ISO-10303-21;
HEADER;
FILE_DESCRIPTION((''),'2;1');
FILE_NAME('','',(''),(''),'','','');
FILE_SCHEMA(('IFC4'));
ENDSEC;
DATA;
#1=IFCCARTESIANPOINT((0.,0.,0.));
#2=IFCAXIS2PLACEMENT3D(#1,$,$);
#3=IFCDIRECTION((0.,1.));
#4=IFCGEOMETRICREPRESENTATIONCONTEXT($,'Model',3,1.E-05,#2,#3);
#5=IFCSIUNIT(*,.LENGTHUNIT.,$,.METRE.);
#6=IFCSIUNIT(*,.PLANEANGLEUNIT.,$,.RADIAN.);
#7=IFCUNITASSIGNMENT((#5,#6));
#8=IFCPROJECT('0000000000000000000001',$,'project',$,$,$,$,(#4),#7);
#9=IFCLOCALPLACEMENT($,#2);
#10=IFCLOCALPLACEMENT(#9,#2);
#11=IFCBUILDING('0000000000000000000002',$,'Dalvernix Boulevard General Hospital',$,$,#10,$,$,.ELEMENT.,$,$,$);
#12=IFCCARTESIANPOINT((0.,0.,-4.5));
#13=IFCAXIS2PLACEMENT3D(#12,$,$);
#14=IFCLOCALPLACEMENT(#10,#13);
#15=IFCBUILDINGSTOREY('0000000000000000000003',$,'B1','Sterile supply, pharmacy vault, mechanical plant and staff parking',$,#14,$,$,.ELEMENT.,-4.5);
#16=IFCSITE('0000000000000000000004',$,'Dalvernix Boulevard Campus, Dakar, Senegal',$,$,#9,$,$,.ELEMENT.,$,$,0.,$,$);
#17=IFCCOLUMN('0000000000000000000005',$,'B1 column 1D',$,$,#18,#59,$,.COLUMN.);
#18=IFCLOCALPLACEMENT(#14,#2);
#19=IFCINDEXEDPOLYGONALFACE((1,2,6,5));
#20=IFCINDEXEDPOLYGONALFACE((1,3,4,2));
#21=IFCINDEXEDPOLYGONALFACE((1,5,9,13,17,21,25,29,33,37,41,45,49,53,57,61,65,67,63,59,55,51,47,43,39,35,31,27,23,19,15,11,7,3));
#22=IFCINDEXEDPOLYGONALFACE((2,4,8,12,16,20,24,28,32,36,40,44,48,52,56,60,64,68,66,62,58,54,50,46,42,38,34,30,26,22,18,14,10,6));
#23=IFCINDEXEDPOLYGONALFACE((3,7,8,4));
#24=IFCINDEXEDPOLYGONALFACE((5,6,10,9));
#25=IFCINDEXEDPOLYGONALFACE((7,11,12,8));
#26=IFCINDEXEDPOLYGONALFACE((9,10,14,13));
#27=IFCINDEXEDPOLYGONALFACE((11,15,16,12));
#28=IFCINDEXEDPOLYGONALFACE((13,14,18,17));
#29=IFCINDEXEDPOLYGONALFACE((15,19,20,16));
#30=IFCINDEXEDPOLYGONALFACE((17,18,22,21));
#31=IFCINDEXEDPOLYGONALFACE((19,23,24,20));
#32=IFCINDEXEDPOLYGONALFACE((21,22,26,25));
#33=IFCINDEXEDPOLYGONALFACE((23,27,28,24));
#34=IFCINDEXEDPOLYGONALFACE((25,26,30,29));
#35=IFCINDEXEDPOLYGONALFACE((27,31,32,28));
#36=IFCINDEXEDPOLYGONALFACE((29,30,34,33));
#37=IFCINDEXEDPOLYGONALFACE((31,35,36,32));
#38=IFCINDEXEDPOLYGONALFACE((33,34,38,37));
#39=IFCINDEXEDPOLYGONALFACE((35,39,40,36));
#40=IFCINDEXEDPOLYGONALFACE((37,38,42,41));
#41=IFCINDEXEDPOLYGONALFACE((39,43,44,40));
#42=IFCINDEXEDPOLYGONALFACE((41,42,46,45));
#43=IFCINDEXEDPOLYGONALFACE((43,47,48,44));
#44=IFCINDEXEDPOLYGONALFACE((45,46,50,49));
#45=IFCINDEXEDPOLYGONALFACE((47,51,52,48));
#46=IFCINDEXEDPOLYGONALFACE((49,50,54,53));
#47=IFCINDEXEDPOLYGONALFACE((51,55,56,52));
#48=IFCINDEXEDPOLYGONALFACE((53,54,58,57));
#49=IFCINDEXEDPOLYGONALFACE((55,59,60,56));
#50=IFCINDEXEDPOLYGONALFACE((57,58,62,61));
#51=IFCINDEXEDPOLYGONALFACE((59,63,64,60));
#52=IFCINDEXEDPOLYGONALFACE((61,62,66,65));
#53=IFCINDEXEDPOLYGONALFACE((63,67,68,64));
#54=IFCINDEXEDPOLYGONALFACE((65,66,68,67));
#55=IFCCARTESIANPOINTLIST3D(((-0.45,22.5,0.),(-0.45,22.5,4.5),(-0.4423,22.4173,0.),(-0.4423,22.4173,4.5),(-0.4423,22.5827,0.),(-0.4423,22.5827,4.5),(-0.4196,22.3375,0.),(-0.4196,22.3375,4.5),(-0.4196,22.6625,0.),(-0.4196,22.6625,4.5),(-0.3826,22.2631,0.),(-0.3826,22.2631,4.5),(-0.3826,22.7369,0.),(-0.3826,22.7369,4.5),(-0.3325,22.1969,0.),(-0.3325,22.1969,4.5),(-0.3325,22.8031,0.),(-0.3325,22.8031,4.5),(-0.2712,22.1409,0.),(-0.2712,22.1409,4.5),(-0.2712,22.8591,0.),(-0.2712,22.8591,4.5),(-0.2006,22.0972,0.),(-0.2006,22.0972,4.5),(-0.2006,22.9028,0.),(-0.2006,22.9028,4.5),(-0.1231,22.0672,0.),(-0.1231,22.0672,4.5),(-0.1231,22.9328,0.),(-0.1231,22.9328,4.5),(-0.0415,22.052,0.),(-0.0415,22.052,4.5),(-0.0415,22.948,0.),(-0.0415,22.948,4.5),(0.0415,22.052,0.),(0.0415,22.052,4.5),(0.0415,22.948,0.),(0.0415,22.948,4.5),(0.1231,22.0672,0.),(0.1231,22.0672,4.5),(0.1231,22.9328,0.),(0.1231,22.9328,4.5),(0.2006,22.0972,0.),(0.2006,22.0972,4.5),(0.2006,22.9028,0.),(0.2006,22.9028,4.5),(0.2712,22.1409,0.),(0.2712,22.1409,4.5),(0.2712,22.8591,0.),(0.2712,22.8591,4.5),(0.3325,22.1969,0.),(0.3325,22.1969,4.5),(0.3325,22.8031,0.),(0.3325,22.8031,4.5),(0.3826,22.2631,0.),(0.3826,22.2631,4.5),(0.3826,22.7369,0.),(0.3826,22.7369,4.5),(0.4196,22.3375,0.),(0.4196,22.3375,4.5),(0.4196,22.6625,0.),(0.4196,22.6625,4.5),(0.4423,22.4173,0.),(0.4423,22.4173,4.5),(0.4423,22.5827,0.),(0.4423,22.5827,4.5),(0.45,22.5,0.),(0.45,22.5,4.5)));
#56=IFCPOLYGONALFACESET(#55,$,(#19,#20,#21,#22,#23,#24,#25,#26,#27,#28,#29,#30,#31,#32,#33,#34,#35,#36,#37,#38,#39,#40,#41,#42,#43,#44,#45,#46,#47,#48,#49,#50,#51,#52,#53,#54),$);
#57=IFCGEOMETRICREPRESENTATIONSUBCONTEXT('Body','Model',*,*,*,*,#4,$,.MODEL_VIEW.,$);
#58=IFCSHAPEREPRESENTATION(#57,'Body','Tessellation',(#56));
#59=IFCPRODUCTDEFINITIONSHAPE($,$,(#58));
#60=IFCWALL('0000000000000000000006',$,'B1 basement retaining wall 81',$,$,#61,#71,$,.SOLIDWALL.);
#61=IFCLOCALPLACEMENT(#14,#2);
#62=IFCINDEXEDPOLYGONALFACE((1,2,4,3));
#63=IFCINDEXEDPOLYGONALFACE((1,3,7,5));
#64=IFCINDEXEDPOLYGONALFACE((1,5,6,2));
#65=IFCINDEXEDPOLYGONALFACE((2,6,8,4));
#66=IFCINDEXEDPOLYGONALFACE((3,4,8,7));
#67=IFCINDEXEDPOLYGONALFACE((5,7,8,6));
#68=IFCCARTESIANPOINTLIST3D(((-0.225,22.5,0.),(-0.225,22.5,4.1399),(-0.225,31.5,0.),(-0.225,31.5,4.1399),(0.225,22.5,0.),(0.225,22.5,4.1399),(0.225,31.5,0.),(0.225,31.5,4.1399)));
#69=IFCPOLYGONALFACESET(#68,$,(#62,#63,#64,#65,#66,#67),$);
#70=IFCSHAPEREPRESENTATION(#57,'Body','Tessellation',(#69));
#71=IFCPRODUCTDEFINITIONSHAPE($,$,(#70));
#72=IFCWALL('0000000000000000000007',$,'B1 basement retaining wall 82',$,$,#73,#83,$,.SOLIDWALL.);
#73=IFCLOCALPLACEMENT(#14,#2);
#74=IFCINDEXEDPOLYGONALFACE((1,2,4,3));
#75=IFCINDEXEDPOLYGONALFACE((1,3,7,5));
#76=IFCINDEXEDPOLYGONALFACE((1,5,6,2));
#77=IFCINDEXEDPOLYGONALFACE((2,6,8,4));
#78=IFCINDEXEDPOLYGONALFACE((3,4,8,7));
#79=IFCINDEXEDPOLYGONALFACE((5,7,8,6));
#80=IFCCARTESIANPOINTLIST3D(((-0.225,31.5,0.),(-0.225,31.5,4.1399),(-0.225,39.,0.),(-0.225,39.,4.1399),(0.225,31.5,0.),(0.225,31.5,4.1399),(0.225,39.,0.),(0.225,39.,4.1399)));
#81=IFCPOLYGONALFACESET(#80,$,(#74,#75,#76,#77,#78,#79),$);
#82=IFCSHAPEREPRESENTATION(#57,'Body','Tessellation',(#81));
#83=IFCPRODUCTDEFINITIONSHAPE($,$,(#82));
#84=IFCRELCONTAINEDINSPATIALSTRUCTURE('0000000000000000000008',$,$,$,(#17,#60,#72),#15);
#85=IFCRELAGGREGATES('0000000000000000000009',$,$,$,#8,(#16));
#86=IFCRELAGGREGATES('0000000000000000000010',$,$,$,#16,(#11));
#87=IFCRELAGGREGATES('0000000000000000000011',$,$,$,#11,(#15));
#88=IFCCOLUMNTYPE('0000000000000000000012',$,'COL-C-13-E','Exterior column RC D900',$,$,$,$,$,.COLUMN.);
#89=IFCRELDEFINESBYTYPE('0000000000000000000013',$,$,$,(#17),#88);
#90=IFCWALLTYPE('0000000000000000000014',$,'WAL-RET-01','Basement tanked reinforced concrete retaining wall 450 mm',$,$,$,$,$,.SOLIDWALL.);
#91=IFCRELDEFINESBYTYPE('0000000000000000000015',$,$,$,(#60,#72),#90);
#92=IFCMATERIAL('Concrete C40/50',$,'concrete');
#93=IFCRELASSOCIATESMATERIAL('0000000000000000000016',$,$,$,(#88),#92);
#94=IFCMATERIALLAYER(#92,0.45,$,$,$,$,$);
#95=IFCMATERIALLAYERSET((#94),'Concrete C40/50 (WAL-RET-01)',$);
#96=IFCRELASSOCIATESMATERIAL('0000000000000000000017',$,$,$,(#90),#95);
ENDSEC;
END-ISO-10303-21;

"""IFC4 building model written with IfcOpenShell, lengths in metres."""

from ifc_helpers import new_model, si_unit, direction, frame, frame_2d, origin, origin_2d, place, context, subcontext, project, spatial, rectangle, circle, extrude, material, layer, layer_set, material_profile, profile_set, type_object, element, save


model = new_model("IFC4")

# Units and contexts
model_context = context("Model", 3, precision=1e-05, world=origin(), true_north=direction((0.0, 1.0)))
body_context = subcontext(model_context, "Body", "Model", "MODEL_VIEW")
ifc_project = project(units=[si_unit("LENGTHUNIT", "METRE"), si_unit("PLANEANGLEUNIT", "RADIAN")], contexts=[model_context])

# Site, building, storey
site_placement = place(None, origin())
site = spatial("IfcSite", under=ifc_project, at=site_placement, Name="Dalvernix Boulevard Campus, Dakar, Senegal", CompositionType="ELEMENT", RefElevation=0.0)
building_placement = place(site_placement, origin())
building = spatial("IfcBuilding", under=site, at=building_placement, Name="Dalvernix Boulevard General Hospital", CompositionType="ELEMENT")
storey_placement = place(building_placement, frame((0.0, 0.0, -4.5)))
storey = spatial("IfcBuildingStorey", under=building, at=storey_placement, Name="B1", Description="Sterile supply, pharmacy vault, mechanical plant and staff parking", CompositionType="ELEMENT", Elevation=-4.5)

# Shared definitions
ifc_material_1 = material(Name="Concrete C40/50", Category="concrete")

# Column
ifc_material_profile_1 = material_profile(ifc_material_1, circle(Radius=0.45, at=origin_2d()), Name="RC D900")
ifc_profile_set_1 = profile_set([ifc_material_profile_1], Name="Concrete C40/50")
column_type_1 = type_object("IfcColumnType", Name="COL-C-13-E", Description="Exterior column RC D900", PredefinedType="COLUMN", material=ifc_profile_set_1)
column_placement = place(storey_placement, frame((0.0, 22.5, 0.0), z_axis=(0.0, 0.0, 1.0), x_axis=(1.0, 0.0, 0.0)))
element("IfcColumn", 1, at=column_placement, inside=storey, type_object=column_type_1, Name="B1 column 1D", PredefinedType="COLUMN", context=body_context, shape_type="SweptSolid", body=[
    extrude(circle(Radius=0.45, at=origin_2d()), origin(), (0.0, 0.0, 1.0), 4.5),
])

# Walls
ifc_layer = layer(ifc_material_1, 0.45)
ifc_layer_set = layer_set([ifc_layer], Name="Concrete C40/50 (WAL-RET-01)")
wall_type = type_object("IfcWallType", Name="WAL-RET-01", Description="Basement tanked reinforced concrete retaining wall 450 mm", PredefinedType="SOLIDWALL", material=ifc_layer_set)
wall_1_placement = place(storey_placement, frame((0.0, 22.5, 0.0), z_axis=(0.0, 0.0, 1.0), x_axis=(0.0, 1.0, 0.0)))
element("IfcWall", 2, at=wall_1_placement, inside=storey, type_object=wall_type, Name="B1 basement retaining wall 81", PredefinedType="SOLIDWALL", context=body_context, shape_type="SweptSolid", body=[
    extrude(rectangle(XDim=9.0, YDim=0.45, at=frame_2d((4.5, 0.0))), origin(), (0.0, 0.0, 1.0), 4.1399),
])
wall_2_placement = place(storey_placement, frame((0.0, 31.5, 0.0), z_axis=(0.0, 0.0, 1.0), x_axis=(0.0, 1.0, 0.0)))
element("IfcWall", 3, at=wall_2_placement, inside=storey, type_object=wall_type, Name="B1 basement retaining wall 82", PredefinedType="SOLIDWALL", context=body_context, shape_type="SweptSolid", body=[
    extrude(rectangle(XDim=7.5, YDim=0.45, at=frame_2d((3.75, 0.0))), origin(), (0.0, 0.0, 1.0), 4.1399),
])

save(model, "model.ifc")
